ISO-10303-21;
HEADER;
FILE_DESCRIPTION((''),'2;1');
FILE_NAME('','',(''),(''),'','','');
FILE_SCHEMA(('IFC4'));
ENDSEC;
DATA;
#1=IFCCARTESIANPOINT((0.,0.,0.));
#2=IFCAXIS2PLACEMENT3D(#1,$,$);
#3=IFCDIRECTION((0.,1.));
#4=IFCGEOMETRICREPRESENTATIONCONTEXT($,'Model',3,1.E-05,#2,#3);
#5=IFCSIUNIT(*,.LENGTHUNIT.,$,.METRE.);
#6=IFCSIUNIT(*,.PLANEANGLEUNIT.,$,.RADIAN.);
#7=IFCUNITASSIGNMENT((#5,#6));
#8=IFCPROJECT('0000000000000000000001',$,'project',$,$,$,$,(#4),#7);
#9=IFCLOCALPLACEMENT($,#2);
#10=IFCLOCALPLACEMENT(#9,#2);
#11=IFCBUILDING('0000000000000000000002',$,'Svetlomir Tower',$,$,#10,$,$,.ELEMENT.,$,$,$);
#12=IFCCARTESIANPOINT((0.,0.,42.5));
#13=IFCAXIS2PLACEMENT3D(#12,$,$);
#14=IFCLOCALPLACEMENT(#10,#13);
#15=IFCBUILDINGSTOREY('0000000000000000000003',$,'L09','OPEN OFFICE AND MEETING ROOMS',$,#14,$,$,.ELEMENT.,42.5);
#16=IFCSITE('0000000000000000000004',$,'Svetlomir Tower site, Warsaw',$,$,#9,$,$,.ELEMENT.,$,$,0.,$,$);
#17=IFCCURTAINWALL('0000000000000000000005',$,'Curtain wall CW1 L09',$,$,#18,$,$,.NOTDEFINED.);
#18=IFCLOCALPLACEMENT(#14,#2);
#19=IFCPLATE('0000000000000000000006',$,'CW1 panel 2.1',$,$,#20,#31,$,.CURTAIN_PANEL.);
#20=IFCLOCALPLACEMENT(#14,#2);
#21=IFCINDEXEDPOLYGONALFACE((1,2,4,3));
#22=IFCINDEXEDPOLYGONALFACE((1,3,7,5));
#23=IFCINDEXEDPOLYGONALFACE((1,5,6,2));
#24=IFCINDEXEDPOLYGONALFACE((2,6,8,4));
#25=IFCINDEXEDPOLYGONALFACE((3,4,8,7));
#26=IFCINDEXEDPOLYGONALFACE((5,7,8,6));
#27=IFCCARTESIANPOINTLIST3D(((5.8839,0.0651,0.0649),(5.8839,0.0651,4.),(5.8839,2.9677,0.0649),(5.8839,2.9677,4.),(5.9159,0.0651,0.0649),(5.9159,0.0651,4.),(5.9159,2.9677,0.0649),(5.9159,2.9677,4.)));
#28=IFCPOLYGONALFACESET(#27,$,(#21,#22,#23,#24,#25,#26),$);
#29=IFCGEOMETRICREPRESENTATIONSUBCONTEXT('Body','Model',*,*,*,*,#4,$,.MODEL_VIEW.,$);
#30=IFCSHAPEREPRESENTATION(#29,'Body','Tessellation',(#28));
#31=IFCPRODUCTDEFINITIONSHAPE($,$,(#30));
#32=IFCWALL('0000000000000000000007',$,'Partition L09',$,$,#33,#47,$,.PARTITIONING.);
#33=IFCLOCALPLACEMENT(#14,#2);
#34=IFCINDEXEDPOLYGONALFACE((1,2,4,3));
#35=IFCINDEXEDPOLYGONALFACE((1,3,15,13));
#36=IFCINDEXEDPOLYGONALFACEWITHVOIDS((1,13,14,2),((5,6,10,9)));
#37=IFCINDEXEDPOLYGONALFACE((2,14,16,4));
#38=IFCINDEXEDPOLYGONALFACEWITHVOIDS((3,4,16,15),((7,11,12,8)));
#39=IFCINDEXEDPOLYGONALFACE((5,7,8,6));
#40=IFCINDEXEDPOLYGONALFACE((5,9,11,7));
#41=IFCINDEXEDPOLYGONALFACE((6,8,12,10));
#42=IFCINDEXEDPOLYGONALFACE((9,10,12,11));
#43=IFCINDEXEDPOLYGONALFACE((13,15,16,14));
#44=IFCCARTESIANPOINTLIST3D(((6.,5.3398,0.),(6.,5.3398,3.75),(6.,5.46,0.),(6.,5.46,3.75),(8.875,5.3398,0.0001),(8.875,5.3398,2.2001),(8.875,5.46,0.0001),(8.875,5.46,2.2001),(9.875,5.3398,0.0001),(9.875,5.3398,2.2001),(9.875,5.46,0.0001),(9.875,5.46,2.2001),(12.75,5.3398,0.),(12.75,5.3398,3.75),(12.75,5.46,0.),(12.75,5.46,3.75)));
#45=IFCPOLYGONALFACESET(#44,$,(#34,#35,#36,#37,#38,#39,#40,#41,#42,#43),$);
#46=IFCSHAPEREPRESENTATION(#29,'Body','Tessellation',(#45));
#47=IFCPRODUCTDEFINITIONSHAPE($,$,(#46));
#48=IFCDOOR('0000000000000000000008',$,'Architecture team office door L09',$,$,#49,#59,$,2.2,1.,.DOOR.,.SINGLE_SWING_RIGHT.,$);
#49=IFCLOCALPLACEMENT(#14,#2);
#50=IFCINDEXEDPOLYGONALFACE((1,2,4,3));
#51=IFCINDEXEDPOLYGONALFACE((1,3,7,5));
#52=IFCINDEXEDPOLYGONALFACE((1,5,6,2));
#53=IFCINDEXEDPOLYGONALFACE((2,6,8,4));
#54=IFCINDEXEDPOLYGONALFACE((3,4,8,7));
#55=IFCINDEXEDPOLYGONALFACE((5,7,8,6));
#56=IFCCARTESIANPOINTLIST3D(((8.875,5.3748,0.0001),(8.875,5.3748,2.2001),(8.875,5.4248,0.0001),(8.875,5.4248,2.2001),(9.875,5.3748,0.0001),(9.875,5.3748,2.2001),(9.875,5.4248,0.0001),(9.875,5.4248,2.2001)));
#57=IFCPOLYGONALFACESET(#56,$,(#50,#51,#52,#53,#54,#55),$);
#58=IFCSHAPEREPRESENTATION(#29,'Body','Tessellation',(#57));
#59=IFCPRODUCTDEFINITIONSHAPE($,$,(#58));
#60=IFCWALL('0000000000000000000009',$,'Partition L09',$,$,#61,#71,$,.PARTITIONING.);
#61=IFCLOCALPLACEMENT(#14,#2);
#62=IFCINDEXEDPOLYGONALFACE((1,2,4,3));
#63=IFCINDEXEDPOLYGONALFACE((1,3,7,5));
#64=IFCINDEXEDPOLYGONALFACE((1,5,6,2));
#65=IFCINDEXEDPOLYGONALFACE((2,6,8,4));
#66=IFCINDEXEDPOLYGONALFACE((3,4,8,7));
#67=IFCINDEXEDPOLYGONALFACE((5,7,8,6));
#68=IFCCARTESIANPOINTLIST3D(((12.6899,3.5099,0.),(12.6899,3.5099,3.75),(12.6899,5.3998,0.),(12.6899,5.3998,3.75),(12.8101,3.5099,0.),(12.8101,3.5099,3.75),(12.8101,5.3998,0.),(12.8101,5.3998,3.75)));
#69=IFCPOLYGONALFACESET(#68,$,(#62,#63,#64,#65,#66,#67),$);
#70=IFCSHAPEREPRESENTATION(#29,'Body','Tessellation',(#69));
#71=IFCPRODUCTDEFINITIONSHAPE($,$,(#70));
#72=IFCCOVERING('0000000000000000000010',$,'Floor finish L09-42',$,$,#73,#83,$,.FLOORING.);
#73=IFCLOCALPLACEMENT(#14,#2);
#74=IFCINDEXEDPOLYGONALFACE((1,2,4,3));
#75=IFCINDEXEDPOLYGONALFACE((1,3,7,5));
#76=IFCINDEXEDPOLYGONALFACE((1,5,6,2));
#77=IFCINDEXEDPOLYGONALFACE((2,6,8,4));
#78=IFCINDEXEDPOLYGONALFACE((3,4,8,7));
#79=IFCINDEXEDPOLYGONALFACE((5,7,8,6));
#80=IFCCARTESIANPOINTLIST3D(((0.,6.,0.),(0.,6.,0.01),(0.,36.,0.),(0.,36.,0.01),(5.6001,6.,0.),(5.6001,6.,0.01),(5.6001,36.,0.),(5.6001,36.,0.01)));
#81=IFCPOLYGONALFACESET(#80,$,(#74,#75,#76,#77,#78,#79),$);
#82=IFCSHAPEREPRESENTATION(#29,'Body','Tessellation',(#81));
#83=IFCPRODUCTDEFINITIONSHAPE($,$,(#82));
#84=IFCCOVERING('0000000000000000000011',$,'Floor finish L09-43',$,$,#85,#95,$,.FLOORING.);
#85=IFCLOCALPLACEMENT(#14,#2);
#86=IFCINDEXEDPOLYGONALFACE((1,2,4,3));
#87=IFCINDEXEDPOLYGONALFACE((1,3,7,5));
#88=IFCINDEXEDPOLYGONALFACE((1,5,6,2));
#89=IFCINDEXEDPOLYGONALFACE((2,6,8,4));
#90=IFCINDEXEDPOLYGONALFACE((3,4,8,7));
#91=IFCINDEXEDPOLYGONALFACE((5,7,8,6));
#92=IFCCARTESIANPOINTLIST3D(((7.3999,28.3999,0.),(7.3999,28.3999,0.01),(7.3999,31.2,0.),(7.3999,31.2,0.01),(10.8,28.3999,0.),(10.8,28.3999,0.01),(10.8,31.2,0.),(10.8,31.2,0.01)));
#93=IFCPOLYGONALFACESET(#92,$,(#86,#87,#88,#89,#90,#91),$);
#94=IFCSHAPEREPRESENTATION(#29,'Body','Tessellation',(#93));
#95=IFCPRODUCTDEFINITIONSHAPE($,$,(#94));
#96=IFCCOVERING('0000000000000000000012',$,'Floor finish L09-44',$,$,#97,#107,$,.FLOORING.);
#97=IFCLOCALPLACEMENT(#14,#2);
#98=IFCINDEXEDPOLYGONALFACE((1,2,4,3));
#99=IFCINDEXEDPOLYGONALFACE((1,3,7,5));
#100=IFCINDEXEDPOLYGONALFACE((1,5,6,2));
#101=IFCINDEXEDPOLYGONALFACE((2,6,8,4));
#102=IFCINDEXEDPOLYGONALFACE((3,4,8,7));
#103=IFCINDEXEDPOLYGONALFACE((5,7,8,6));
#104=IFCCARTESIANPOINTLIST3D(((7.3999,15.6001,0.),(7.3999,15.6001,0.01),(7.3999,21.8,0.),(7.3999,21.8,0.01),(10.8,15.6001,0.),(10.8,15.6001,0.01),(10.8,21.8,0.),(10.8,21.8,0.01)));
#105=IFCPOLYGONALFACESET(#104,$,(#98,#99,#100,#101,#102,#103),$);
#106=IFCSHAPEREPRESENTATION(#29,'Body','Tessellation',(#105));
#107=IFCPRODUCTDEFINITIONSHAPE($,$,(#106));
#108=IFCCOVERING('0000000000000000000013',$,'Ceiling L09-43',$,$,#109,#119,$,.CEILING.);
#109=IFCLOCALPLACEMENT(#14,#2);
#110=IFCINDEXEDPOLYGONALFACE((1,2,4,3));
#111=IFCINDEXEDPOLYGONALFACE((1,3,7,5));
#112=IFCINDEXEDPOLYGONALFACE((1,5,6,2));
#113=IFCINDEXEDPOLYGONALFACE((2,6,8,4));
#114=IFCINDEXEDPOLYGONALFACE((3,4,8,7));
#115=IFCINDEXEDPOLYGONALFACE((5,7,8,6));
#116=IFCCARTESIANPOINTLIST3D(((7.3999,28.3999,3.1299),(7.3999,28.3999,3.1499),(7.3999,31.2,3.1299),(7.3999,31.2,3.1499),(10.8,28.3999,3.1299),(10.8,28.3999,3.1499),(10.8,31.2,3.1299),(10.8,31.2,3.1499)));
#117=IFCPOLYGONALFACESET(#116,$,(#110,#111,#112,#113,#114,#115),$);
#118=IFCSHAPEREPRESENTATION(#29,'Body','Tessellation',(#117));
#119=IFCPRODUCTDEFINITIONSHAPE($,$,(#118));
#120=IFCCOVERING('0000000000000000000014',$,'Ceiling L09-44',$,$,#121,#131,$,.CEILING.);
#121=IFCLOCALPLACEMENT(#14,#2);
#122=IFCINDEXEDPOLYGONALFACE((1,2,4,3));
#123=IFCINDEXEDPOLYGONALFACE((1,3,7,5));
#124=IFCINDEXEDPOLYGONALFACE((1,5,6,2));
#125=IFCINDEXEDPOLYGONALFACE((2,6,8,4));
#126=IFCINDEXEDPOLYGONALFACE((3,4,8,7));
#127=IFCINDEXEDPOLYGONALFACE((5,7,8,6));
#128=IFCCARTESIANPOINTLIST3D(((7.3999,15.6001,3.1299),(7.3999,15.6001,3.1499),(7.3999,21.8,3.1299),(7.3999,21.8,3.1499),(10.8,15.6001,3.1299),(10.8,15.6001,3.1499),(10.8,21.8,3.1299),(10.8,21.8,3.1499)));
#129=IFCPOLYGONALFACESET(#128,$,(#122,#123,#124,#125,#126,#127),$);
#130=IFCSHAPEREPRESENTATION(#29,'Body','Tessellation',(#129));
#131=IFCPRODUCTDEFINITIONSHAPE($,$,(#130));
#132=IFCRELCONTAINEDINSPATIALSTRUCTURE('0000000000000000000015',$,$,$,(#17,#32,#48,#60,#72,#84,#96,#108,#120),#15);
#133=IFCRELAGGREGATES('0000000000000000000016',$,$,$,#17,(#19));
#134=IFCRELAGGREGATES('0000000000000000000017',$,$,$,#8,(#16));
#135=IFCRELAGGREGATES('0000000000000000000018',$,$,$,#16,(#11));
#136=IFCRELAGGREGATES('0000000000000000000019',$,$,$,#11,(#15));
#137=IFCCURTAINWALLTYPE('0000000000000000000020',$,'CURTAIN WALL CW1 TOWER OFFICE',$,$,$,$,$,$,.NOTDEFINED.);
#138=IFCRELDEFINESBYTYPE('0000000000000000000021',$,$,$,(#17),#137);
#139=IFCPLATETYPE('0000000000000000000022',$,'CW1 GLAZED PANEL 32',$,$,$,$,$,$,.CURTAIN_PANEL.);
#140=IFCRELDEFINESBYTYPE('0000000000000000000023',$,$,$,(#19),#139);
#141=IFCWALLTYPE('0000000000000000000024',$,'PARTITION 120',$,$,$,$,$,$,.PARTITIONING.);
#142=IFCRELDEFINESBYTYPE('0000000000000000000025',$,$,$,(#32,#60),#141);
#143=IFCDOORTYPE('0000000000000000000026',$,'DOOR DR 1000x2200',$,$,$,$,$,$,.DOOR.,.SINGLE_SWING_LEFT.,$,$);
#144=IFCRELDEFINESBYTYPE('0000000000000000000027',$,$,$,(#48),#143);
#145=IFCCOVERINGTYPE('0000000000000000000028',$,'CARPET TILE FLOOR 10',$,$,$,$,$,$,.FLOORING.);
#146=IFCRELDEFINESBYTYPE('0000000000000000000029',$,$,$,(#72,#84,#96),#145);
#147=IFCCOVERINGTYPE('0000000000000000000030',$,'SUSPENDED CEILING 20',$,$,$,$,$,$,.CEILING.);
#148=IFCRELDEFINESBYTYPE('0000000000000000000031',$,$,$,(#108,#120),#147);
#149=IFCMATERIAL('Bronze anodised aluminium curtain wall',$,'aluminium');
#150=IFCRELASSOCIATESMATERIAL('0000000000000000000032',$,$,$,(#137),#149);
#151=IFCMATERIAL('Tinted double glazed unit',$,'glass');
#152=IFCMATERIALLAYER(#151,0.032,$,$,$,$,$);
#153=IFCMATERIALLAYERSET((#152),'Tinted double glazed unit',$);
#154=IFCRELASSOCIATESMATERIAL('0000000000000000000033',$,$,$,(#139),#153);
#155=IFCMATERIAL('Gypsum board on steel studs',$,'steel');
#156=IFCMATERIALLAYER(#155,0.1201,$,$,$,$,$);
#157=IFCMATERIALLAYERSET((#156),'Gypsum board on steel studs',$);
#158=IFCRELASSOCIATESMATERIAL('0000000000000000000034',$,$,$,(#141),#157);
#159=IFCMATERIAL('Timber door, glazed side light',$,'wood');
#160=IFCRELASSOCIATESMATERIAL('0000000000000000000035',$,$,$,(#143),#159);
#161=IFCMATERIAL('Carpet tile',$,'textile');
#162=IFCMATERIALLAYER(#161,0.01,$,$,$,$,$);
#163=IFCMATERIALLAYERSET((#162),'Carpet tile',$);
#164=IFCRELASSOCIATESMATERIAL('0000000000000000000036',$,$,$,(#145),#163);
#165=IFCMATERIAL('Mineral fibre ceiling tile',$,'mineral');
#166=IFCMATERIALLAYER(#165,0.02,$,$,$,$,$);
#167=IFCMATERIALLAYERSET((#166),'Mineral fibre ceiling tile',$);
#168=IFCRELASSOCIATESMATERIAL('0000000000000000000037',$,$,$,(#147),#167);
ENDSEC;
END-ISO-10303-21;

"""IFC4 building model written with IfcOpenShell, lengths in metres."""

from ifc_helpers import new_model, si_unit, direction, frame, frame_2d, origin, origin_2d, place, context, subcontext, project, spatial, polyline, rectangle, outline, extrude, material, layer, layer_set, type_object, element, fill, aggregate, save


model = new_model("IFC4")

# Units and contexts
model_context = context("Model", 3, precision=1e-05, world=origin(), true_north=direction((0.0, 1.0)))
body_context = subcontext(model_context, "Body", "Model", "MODEL_VIEW")
ifc_project = project(units=[si_unit("LENGTHUNIT", "METRE"), si_unit("PLANEANGLEUNIT", "RADIAN")], contexts=[model_context])

# Site, building, storey
site_placement = place(None, origin())
site = spatial("IfcSite", under=ifc_project, at=site_placement, Name="Svetlomir Tower site, Warsaw", CompositionType="ELEMENT", RefElevation=0.0)
building_placement = place(site_placement, origin())
building = spatial("IfcBuilding", under=site, at=building_placement, Name="Svetlomir Tower", CompositionType="ELEMENT")
storey_placement = place(building_placement, frame((0.0, 0.0, 42.5)))
storey = spatial("IfcBuildingStorey", under=building, at=storey_placement, Name="L09", Description="OPEN OFFICE AND MEETING ROOMS", CompositionType="ELEMENT", Elevation=42.5)

# Curtain wall
ifc_material_1 = material(Name="Bronze anodised aluminium curtain wall", Category="aluminium")
curtain_wall_type = type_object("IfcCurtainWallType", Name="CURTAIN WALL CW1 TOWER OFFICE", PredefinedType="NOTDEFINED", material=ifc_material_1)
curtain_wall_1_placement = place(storey_placement, origin())
curtain_wall_1 = element("IfcCurtainWall", 1, at=curtain_wall_1_placement, inside=storey, type_object=curtain_wall_type, Name="Curtain wall CW1 L09", PredefinedType="NOTDEFINED")

# Plate
ifc_material_2 = material(Name="Tinted double glazed unit", Category="glass")
ifc_layer_1 = layer(ifc_material_2, 0.032)
ifc_layer_set_1 = layer_set([ifc_layer_1], Name="Tinted double glazed unit")
plate_type = type_object("IfcPlateType", Name="CW1 GLAZED PANEL 32", PredefinedType="CURTAIN_PANEL", material=ifc_layer_set_1)
plate_1_placement = place(storey_placement, frame((5.8999, 1.5164, 0.0649), z_axis=(0.0, 0.0, 1.0), x_axis=(0.0, -1.0, 0.0)))
plate_1 = element("IfcPlate", 2, at=plate_1_placement, type_object=plate_type, Name="CW1 panel 2.1", PredefinedType="CURTAIN_PANEL", context=body_context, shape_type="SweptSolid", body=[
    extrude(rectangle(XDim=2.9026, YDim=0.032, at=origin_2d()), origin(), (0.0, 0.0, 1.0), 3.9351),
])
aggregate(curtain_wall_1, [plate_1])

# Wall, opening, door
ifc_material_3 = material(Name="Gypsum board on steel studs", Category="steel")
ifc_layer_2 = layer(ifc_material_3, 0.1201)
ifc_layer_set_2 = layer_set([ifc_layer_2], Name="Gypsum board on steel studs")
wall_type = type_object("IfcWallType", Name="PARTITION 120", PredefinedType="PARTITIONING", material=ifc_layer_set_2)
wall_1_placement = place(storey_placement, frame((6.0, 5.3999, 0.0), z_axis=(0.0, 0.0, 1.0), x_axis=(1.0, 0.0, 0.0)))
wall_1 = element("IfcWall", 3, at=wall_1_placement, inside=storey, type_object=wall_type, Name="Partition L09", PredefinedType="PARTITIONING", context=body_context, shape_type="SweptSolid", body=[
    extrude(rectangle(XDim=6.75, YDim=0.1201, at=frame_2d((3.375, 0.0))), origin(), (0.0, 0.0, 1.0), 3.75),
])
opening_placement = place(wall_1_placement, frame((2.875, 0.0, 0.0)))
opening = element("IfcOpeningElement", 4, at=opening_placement, cuts=wall_1, PredefinedType="OPENING", context=body_context, shape_type="SweptSolid", body=[
    extrude(rectangle(XDim=1.0, YDim=2.2, at=frame_2d((0.5, 1.1001))), frame((0.0, 0.0701, 0.0), z_axis=(0.0, -1.0, 0.0), x_axis=(1.0, 0.0, 0.0)), (0.0, 0.0, 1.0), 0.1401),
])
ifc_material_4 = material(Name="Timber door, glazed side light", Category="wood")
door_type = type_object("IfcDoorType", Name="DOOR DR 1000x2200", OperationType="SINGLE_SWING_LEFT", PredefinedType="DOOR", material=ifc_material_4)
door_placement = place(opening_placement, origin())
door = element("IfcDoor", 5, at=door_placement, inside=storey, type_object=door_type, Name="Architecture team office door L09", OperationType="SINGLE_SWING_RIGHT", OverallHeight=2.2, OverallWidth=1.0, PredefinedType="DOOR", context=body_context, shape_type="SweptSolid", body=[
    extrude(rectangle(XDim=1.0, YDim=2.2, at=frame_2d((0.5, 1.1001))), frame((0.0, 0.0249, 0.0), z_axis=(0.0, -1.0, 0.0), x_axis=(1.0, 0.0, 0.0)), (0.0, 0.0, 1.0), 0.05),
])
fill(opening, door)

# Wall
wall_2_placement = place(storey_placement, frame((12.75, 3.51, 0.0), z_axis=(0.0, 0.0, 1.0), x_axis=(0.0, 1.0, 0.0)))
element("IfcWall", 6, at=wall_2_placement, inside=storey, type_object=wall_type, Name="Partition L09", PredefinedType="PARTITIONING", context=body_context, shape_type="SweptSolid", body=[
    extrude(rectangle(XDim=1.8899, YDim=0.1201, at=frame_2d((0.9448, 0.0))), origin(), (0.0, 0.0, 1.0), 3.75),
])

# Coverings
ifc_material_5 = material(Name="Carpet tile", Category="textile")
ifc_layer_3 = layer(ifc_material_5, 0.01)
ifc_layer_set_3 = layer_set([ifc_layer_3], Name="Carpet tile")
covering_type_1 = type_object("IfcCoveringType", Name="CARPET TILE FLOOR 10", PredefinedType="FLOORING", material=ifc_layer_set_3)
covering_1_placement = place(storey_placement, origin())
element("IfcCovering", 7, at=covering_1_placement, inside=storey, type_object=covering_type_1, Name="Floor finish L09-42", PredefinedType="FLOORING", context=body_context, shape_type="SweptSolid", body=[
    extrude(outline(polyline([(0.0, 36.0), (5.6001, 36.0), (5.6001, 6.0), (0.0, 6.0), (0.0, 36.0)])), origin(), (0.0, 0.0, 1.0), 0.01),
])
covering_2_placement = place(storey_placement, origin())
element("IfcCovering", 8, at=covering_2_placement, inside=storey, type_object=covering_type_1, Name="Floor finish L09-43", PredefinedType="FLOORING", context=body_context, shape_type="SweptSolid", body=[
    extrude(outline(polyline([(7.3999, 28.3999), (7.3999, 31.2), (10.8, 31.2), (10.8, 28.3999), (7.3999, 28.3999)])), origin(), (0.0, 0.0, 1.0), 0.01),
])
covering_3_placement = place(storey_placement, origin())
element("IfcCovering", 9, at=covering_3_placement, inside=storey, type_object=covering_type_1, Name="Floor finish L09-44", PredefinedType="FLOORING", context=body_context, shape_type="SweptSolid", body=[
    extrude(outline(polyline([(7.3999, 15.6001), (7.3999, 21.8), (10.8, 21.8), (10.8, 15.6001), (7.3999, 15.6001)])), origin(), (0.0, 0.0, 1.0), 0.01),
])
ifc_material_6 = material(Name="Mineral fibre ceiling tile", Category="mineral")
ifc_layer_4 = layer(ifc_material_6, 0.02)
ifc_layer_set_4 = layer_set([ifc_layer_4], Name="Mineral fibre ceiling tile")
covering_type_2 = type_object("IfcCoveringType", Name="SUSPENDED CEILING 20", PredefinedType="CEILING", material=ifc_layer_set_4)
covering_4_placement = place(storey_placement, frame((0.0, 0.0, 3.1299)))
element("IfcCovering", 10, at=covering_4_placement, inside=storey, type_object=covering_type_2, Name="Ceiling L09-43", PredefinedType="CEILING", context=body_context, shape_type="SweptSolid", body=[
    extrude(outline(polyline([(7.3999, 28.3999), (7.3999, 31.2), (10.8, 31.2), (10.8, 28.3999), (7.3999, 28.3999)])), origin(), (0.0, 0.0, 1.0), 0.02),
])
covering_5_placement = place(storey_placement, frame((0.0, 0.0, 3.1299)))
element("IfcCovering", 11, at=covering_5_placement, inside=storey, type_object=covering_type_2, Name="Ceiling L09-44", PredefinedType="CEILING", context=body_context, shape_type="SweptSolid", body=[
    extrude(outline(polyline([(7.3999, 15.6001), (7.3999, 21.8), (10.8, 21.8), (10.8, 15.6001), (7.3999, 15.6001)])), origin(), (0.0, 0.0, 1.0), 0.02),
])

save(model, "model.ifc")
